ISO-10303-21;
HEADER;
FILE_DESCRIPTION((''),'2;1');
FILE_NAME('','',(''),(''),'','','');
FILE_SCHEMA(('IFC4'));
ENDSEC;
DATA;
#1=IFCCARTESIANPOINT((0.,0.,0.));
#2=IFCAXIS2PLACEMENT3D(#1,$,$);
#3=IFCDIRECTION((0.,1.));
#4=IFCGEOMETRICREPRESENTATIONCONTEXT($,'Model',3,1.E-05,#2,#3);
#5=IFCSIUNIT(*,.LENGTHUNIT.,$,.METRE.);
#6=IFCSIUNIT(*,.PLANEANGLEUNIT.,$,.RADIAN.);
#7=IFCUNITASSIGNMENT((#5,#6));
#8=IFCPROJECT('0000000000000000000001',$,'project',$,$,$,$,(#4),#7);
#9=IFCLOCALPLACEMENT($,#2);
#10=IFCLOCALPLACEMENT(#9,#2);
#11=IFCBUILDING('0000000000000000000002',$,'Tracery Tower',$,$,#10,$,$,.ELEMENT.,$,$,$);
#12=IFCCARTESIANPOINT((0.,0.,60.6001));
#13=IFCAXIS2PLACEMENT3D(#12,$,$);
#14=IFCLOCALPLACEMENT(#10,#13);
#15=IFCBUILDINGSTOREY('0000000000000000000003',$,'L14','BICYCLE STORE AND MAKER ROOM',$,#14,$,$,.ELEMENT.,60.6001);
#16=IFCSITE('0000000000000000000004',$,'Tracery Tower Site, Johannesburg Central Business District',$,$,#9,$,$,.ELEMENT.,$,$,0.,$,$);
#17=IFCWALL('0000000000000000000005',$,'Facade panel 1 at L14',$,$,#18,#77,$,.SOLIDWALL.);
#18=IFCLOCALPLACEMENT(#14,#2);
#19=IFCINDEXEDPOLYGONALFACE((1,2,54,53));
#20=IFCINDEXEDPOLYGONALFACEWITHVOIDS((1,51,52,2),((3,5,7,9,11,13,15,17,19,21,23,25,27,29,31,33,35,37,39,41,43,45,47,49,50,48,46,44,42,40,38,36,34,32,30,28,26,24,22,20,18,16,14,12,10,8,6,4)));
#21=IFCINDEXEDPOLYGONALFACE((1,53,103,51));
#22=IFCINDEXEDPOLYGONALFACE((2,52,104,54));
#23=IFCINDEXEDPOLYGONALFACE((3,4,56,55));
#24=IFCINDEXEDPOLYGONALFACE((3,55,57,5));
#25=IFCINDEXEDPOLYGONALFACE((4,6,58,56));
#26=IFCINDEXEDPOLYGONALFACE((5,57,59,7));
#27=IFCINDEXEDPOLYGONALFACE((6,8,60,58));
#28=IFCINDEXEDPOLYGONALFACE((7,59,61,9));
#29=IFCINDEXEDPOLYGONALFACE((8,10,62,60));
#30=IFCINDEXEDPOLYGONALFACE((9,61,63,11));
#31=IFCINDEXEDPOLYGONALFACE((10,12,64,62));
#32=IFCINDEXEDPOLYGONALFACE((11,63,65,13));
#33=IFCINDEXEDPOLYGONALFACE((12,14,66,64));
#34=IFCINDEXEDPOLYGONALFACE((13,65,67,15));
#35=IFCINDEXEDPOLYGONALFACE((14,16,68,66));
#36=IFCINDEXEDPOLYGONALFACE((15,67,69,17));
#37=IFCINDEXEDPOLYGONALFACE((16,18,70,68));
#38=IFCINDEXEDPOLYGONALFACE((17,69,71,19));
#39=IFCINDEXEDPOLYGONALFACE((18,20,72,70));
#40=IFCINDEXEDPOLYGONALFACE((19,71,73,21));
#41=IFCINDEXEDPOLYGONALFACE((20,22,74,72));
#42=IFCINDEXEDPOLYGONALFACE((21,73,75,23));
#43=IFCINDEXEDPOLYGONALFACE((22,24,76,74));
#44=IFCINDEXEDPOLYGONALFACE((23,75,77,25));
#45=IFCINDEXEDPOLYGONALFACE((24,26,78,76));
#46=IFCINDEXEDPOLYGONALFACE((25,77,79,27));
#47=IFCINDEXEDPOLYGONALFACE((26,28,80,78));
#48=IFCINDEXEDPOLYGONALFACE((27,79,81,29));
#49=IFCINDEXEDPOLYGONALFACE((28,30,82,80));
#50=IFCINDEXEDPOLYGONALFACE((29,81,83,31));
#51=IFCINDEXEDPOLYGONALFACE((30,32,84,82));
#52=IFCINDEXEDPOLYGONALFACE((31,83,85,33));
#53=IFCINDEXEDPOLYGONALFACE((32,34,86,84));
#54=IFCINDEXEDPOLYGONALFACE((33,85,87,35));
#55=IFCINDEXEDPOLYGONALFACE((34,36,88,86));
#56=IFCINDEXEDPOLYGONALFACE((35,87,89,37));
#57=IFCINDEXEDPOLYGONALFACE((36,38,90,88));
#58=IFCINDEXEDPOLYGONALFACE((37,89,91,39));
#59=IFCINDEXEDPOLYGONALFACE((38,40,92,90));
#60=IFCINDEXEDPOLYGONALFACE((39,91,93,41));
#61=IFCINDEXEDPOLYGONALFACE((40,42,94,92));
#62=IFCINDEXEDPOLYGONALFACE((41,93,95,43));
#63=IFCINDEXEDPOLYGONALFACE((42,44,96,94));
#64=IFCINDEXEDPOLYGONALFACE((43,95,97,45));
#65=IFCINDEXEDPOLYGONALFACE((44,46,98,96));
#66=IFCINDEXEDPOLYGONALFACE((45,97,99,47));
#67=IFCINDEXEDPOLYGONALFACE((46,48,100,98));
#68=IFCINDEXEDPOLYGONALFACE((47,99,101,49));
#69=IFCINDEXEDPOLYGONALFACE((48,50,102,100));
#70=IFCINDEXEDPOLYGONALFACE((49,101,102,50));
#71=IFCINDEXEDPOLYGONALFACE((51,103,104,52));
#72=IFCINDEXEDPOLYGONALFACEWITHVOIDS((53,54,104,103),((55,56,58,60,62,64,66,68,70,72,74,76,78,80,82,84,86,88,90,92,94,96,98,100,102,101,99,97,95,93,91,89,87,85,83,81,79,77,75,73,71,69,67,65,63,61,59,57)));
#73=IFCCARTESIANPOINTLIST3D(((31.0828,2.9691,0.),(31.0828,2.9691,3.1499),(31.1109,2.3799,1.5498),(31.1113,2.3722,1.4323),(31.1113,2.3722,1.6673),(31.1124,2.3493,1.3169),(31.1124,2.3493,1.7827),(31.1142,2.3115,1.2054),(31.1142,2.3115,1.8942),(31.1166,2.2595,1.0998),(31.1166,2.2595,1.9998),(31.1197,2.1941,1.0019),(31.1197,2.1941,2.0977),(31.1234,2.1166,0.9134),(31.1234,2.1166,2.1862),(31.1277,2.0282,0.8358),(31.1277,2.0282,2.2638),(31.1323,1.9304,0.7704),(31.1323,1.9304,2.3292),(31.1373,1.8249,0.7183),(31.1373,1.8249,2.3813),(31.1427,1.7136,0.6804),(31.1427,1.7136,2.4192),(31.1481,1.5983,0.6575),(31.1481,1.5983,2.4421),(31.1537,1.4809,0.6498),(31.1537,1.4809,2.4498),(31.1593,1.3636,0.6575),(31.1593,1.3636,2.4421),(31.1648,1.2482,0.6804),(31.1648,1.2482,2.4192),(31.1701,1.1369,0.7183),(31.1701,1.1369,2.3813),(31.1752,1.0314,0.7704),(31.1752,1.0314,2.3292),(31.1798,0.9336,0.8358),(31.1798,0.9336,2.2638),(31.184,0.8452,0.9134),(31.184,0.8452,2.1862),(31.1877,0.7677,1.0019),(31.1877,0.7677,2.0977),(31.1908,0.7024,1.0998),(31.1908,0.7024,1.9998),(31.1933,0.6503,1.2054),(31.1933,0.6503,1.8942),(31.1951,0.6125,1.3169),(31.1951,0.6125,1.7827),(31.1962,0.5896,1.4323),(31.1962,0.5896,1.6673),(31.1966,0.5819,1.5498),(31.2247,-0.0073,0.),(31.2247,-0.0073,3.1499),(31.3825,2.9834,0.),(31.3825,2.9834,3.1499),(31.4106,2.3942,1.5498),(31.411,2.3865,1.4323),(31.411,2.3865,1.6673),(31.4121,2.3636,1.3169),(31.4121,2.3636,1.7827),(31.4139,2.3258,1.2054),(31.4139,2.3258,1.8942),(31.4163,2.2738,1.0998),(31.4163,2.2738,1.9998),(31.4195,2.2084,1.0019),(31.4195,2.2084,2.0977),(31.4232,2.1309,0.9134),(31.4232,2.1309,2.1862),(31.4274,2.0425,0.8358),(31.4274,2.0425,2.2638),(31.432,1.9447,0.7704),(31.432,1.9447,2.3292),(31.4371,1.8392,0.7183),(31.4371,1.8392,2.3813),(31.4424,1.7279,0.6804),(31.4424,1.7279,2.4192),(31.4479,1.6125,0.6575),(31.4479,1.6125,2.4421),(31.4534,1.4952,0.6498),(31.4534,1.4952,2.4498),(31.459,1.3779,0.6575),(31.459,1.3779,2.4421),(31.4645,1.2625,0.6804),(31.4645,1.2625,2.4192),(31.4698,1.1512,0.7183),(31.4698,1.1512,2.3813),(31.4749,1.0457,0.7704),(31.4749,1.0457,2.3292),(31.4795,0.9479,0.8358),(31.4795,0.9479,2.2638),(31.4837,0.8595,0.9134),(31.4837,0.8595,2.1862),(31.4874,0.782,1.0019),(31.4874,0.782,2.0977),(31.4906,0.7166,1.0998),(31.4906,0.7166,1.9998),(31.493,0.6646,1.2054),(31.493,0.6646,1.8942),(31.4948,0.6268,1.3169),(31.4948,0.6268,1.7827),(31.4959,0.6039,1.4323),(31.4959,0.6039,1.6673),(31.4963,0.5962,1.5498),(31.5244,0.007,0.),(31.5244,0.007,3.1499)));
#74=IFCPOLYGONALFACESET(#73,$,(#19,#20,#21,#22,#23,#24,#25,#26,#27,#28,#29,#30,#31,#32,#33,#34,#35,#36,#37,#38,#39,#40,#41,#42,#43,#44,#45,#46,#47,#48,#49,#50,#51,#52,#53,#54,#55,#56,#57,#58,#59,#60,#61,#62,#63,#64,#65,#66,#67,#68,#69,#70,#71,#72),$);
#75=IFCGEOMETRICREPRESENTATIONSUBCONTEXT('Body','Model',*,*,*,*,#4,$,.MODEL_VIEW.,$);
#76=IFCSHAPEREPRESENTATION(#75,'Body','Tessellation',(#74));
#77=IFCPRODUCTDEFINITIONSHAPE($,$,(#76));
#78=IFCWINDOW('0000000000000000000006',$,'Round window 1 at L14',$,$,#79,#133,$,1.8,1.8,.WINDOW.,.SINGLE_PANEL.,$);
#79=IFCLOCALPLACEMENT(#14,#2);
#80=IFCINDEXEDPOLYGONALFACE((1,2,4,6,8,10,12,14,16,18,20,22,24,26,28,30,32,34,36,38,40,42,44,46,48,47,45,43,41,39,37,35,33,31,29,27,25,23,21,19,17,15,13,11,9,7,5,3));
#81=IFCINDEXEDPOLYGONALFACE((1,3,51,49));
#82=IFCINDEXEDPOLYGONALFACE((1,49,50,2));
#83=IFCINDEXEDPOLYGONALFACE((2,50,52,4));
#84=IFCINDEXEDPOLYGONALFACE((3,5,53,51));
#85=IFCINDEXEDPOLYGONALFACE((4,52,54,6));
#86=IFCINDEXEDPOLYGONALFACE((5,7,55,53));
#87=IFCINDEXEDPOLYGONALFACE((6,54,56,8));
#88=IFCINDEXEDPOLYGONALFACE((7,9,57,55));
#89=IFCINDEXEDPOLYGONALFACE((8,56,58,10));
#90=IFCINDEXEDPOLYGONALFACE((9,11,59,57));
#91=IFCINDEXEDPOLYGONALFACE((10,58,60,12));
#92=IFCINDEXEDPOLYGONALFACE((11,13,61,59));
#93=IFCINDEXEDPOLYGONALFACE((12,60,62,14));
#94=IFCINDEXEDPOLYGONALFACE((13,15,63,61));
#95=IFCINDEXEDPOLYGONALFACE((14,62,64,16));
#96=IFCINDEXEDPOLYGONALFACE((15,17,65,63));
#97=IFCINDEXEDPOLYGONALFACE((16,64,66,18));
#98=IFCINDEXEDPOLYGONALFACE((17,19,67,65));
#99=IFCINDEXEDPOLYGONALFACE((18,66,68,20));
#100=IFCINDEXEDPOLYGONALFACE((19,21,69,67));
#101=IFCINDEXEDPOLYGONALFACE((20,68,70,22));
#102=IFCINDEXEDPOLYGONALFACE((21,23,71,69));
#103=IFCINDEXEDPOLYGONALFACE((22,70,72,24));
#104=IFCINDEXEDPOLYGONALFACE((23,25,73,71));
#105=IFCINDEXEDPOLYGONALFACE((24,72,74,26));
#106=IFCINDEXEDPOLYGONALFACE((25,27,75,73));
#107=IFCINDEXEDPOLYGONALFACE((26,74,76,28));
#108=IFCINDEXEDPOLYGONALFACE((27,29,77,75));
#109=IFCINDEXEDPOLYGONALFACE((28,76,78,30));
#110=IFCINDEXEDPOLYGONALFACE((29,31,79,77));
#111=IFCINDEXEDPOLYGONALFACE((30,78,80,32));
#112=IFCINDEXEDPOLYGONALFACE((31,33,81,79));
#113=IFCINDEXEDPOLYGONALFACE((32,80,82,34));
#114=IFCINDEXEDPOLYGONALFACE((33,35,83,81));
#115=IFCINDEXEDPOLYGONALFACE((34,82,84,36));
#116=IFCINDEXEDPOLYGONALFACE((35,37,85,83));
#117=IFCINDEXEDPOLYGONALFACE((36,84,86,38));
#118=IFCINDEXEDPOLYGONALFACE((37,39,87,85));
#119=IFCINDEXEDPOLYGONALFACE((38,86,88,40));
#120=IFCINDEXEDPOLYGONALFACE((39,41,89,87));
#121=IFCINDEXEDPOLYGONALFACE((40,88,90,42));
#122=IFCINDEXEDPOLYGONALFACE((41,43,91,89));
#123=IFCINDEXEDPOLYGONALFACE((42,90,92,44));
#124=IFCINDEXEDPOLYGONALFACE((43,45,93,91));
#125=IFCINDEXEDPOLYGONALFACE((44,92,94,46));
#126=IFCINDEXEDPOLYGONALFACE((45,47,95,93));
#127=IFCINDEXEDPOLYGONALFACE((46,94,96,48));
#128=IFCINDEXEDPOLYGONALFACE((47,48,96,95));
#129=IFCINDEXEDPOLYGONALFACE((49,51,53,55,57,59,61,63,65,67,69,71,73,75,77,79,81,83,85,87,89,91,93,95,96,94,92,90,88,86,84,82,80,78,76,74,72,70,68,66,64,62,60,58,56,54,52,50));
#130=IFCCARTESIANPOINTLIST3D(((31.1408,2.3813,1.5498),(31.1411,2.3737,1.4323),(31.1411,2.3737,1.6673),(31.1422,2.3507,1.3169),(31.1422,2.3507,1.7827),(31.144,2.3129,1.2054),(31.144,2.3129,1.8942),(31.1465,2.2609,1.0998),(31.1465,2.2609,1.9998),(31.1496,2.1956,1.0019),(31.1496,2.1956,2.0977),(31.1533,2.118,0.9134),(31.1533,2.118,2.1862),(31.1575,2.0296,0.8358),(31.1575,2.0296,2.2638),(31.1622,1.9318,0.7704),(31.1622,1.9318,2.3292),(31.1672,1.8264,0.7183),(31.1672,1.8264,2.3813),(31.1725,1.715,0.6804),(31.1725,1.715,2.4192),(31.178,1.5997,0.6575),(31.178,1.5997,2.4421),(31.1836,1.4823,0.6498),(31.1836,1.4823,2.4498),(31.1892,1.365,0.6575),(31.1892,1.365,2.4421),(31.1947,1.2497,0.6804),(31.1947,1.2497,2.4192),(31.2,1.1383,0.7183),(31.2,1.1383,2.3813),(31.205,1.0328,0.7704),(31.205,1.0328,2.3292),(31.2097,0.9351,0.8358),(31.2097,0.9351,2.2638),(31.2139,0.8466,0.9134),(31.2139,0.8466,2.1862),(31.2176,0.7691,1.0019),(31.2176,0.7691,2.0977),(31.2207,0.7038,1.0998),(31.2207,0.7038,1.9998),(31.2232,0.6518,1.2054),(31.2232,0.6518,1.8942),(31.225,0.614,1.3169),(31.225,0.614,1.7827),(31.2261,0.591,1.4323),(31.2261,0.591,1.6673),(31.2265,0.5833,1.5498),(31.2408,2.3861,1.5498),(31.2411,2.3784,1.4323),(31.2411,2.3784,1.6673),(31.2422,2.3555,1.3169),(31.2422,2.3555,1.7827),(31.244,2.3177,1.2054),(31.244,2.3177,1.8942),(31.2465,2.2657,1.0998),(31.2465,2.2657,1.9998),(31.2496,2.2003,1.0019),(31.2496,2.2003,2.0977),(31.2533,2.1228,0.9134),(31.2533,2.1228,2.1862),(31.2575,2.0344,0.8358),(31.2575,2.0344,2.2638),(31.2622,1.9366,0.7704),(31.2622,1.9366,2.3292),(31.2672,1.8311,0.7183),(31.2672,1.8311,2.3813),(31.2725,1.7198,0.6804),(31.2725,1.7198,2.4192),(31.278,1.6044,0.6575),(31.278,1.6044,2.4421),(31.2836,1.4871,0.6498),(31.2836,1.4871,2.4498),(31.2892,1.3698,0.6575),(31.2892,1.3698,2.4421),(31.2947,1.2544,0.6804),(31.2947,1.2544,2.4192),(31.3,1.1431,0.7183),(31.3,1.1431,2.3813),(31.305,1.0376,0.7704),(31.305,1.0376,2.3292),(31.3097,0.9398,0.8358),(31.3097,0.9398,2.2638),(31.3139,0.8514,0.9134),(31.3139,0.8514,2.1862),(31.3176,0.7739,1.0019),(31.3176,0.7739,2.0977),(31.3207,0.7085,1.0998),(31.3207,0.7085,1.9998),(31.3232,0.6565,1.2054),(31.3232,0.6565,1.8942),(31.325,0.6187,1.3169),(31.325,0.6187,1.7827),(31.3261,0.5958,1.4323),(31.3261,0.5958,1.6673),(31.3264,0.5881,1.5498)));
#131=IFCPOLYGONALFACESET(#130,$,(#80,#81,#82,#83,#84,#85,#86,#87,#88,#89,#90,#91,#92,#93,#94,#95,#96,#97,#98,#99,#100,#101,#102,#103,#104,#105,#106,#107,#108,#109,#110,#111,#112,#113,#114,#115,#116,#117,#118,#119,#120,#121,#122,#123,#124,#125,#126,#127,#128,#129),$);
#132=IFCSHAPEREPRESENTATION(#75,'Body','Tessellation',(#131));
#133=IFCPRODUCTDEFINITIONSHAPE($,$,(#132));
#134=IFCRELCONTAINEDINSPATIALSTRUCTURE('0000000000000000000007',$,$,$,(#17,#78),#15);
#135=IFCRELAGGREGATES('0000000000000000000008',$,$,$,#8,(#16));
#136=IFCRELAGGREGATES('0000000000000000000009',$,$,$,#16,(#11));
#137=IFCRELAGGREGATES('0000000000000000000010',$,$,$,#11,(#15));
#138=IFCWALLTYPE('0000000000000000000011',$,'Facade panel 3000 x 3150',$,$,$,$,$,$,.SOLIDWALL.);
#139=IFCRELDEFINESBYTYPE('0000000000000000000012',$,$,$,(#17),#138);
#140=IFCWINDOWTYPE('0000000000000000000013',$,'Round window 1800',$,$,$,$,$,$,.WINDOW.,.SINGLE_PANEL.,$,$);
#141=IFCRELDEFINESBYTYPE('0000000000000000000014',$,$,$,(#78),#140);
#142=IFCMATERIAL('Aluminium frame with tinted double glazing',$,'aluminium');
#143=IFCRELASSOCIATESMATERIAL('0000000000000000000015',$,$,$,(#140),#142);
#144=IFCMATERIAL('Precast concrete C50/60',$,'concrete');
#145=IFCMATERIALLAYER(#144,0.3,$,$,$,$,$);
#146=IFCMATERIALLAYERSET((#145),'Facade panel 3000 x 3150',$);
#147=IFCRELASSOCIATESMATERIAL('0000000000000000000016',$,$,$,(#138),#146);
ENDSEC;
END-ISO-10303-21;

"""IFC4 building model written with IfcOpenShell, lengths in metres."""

from ifc_helpers import new_model, si_unit, direction, frame, frame_2d, origin, origin_2d, place, context, subcontext, project, spatial, rectangle, circle, extrude, material, layer, layer_set, type_object, element, fill, save


model = new_model("IFC4")

# Units and contexts
model_context = context("Model", 3, precision=1e-05, world=origin(), true_north=direction((0.0, 1.0)))
body_context = subcontext(model_context, "Body", "Model", "MODEL_VIEW")
ifc_project = project(units=[si_unit("LENGTHUNIT", "METRE"), si_unit("PLANEANGLEUNIT", "RADIAN")], contexts=[model_context])

# Site, building, storey
site_placement = place(None, origin())
site = spatial("IfcSite", under=ifc_project, at=site_placement, Name="Tracery Tower Site, Johannesburg Central Business District", CompositionType="ELEMENT", RefElevation=0.0)
building_placement = place(site_placement, origin())
building = spatial("IfcBuilding", under=site, at=building_placement, Name="Tracery Tower", CompositionType="ELEMENT")
storey_placement = place(building_placement, frame((0.0, 0.0, 60.6001)))
storey = spatial("IfcBuildingStorey", under=building, at=storey_placement, Name="L14", Description="BICYCLE STORE AND MAKER ROOM", CompositionType="ELEMENT", Elevation=60.6001)

# Wall, opening, window
ifc_material_1 = material(Name="Aluminium frame with tinted double glazing", Category="aluminium")
window_type = type_object("IfcWindowType", Name="Round window 1800", PartitioningType="SINGLE_PANEL", PredefinedType="WINDOW", material=ifc_material_1)
ifc_material_2 = material(Name="Precast concrete C50/60", Category="concrete")
ifc_layer_1 = layer(ifc_material_2, 0.3)
ifc_layer_set_1 = layer_set([ifc_layer_1], Name="Facade panel 3000 x 3150")
wall_type_1 = type_object("IfcWallType", Name="Facade panel 3000 x 3150", PredefinedType="SOLIDWALL", material=ifc_layer_set_1)
wall_1_placement = place(storey_placement, frame((31.3745, 0.0, 0.0), z_axis=(0.0, 0.0, 1.0), x_axis=(-0.047604, 0.998866, 0.0)))
wall_1 = element("IfcWall", 1, at=wall_1_placement, inside=storey, type_object=wall_type_1, Name="Facade panel 1 at L14", PredefinedType="SOLIDWALL", context=body_context, shape_type="SweptSolid", body=[
    extrude(rectangle(XDim=2.9797, YDim=0.3, at=frame_2d((1.4897, 0.0))), origin(), (0.0, 0.0, 1.0), 3.1499),
])
opening_1_placement = place(wall_1_placement, frame((1.4897, 0.0, 1.5498)))
opening_1 = element("IfcOpeningElement", 2, at=opening_1_placement, cuts=wall_1, PredefinedType="OPENING", context=body_context, shape_type="SweptSolid", body=[
    extrude(circle(Radius=0.9, at=origin_2d()), frame((0.0, 0.1599, 0.0), z_axis=(0.0, -1.0, 0.0), x_axis=(1.0, 0.0, 0.0)), (0.0, 0.0, 1.0), 0.3201),
])
window_1_placement = place(opening_1_placement, origin())
window_1 = element("IfcWindow", 3, at=window_1_placement, inside=storey, type_object=window_type, Name="Round window 1 at L14", OverallHeight=1.8, OverallWidth=1.8, PartitioningType="SINGLE_PANEL", PredefinedType="WINDOW", context=body_context, shape_type="SweptSolid", body=[
    extrude(circle(Radius=0.9, at=origin_2d()), frame((0.0, 0.1201, 0.0), z_axis=(0.0, -1.0, 0.0), x_axis=(1.0, 0.0, 0.0)), (0.0, 0.0, 1.0), 0.1001),
])
fill(opening_1, window_1)

save(model, "model.ifc")
